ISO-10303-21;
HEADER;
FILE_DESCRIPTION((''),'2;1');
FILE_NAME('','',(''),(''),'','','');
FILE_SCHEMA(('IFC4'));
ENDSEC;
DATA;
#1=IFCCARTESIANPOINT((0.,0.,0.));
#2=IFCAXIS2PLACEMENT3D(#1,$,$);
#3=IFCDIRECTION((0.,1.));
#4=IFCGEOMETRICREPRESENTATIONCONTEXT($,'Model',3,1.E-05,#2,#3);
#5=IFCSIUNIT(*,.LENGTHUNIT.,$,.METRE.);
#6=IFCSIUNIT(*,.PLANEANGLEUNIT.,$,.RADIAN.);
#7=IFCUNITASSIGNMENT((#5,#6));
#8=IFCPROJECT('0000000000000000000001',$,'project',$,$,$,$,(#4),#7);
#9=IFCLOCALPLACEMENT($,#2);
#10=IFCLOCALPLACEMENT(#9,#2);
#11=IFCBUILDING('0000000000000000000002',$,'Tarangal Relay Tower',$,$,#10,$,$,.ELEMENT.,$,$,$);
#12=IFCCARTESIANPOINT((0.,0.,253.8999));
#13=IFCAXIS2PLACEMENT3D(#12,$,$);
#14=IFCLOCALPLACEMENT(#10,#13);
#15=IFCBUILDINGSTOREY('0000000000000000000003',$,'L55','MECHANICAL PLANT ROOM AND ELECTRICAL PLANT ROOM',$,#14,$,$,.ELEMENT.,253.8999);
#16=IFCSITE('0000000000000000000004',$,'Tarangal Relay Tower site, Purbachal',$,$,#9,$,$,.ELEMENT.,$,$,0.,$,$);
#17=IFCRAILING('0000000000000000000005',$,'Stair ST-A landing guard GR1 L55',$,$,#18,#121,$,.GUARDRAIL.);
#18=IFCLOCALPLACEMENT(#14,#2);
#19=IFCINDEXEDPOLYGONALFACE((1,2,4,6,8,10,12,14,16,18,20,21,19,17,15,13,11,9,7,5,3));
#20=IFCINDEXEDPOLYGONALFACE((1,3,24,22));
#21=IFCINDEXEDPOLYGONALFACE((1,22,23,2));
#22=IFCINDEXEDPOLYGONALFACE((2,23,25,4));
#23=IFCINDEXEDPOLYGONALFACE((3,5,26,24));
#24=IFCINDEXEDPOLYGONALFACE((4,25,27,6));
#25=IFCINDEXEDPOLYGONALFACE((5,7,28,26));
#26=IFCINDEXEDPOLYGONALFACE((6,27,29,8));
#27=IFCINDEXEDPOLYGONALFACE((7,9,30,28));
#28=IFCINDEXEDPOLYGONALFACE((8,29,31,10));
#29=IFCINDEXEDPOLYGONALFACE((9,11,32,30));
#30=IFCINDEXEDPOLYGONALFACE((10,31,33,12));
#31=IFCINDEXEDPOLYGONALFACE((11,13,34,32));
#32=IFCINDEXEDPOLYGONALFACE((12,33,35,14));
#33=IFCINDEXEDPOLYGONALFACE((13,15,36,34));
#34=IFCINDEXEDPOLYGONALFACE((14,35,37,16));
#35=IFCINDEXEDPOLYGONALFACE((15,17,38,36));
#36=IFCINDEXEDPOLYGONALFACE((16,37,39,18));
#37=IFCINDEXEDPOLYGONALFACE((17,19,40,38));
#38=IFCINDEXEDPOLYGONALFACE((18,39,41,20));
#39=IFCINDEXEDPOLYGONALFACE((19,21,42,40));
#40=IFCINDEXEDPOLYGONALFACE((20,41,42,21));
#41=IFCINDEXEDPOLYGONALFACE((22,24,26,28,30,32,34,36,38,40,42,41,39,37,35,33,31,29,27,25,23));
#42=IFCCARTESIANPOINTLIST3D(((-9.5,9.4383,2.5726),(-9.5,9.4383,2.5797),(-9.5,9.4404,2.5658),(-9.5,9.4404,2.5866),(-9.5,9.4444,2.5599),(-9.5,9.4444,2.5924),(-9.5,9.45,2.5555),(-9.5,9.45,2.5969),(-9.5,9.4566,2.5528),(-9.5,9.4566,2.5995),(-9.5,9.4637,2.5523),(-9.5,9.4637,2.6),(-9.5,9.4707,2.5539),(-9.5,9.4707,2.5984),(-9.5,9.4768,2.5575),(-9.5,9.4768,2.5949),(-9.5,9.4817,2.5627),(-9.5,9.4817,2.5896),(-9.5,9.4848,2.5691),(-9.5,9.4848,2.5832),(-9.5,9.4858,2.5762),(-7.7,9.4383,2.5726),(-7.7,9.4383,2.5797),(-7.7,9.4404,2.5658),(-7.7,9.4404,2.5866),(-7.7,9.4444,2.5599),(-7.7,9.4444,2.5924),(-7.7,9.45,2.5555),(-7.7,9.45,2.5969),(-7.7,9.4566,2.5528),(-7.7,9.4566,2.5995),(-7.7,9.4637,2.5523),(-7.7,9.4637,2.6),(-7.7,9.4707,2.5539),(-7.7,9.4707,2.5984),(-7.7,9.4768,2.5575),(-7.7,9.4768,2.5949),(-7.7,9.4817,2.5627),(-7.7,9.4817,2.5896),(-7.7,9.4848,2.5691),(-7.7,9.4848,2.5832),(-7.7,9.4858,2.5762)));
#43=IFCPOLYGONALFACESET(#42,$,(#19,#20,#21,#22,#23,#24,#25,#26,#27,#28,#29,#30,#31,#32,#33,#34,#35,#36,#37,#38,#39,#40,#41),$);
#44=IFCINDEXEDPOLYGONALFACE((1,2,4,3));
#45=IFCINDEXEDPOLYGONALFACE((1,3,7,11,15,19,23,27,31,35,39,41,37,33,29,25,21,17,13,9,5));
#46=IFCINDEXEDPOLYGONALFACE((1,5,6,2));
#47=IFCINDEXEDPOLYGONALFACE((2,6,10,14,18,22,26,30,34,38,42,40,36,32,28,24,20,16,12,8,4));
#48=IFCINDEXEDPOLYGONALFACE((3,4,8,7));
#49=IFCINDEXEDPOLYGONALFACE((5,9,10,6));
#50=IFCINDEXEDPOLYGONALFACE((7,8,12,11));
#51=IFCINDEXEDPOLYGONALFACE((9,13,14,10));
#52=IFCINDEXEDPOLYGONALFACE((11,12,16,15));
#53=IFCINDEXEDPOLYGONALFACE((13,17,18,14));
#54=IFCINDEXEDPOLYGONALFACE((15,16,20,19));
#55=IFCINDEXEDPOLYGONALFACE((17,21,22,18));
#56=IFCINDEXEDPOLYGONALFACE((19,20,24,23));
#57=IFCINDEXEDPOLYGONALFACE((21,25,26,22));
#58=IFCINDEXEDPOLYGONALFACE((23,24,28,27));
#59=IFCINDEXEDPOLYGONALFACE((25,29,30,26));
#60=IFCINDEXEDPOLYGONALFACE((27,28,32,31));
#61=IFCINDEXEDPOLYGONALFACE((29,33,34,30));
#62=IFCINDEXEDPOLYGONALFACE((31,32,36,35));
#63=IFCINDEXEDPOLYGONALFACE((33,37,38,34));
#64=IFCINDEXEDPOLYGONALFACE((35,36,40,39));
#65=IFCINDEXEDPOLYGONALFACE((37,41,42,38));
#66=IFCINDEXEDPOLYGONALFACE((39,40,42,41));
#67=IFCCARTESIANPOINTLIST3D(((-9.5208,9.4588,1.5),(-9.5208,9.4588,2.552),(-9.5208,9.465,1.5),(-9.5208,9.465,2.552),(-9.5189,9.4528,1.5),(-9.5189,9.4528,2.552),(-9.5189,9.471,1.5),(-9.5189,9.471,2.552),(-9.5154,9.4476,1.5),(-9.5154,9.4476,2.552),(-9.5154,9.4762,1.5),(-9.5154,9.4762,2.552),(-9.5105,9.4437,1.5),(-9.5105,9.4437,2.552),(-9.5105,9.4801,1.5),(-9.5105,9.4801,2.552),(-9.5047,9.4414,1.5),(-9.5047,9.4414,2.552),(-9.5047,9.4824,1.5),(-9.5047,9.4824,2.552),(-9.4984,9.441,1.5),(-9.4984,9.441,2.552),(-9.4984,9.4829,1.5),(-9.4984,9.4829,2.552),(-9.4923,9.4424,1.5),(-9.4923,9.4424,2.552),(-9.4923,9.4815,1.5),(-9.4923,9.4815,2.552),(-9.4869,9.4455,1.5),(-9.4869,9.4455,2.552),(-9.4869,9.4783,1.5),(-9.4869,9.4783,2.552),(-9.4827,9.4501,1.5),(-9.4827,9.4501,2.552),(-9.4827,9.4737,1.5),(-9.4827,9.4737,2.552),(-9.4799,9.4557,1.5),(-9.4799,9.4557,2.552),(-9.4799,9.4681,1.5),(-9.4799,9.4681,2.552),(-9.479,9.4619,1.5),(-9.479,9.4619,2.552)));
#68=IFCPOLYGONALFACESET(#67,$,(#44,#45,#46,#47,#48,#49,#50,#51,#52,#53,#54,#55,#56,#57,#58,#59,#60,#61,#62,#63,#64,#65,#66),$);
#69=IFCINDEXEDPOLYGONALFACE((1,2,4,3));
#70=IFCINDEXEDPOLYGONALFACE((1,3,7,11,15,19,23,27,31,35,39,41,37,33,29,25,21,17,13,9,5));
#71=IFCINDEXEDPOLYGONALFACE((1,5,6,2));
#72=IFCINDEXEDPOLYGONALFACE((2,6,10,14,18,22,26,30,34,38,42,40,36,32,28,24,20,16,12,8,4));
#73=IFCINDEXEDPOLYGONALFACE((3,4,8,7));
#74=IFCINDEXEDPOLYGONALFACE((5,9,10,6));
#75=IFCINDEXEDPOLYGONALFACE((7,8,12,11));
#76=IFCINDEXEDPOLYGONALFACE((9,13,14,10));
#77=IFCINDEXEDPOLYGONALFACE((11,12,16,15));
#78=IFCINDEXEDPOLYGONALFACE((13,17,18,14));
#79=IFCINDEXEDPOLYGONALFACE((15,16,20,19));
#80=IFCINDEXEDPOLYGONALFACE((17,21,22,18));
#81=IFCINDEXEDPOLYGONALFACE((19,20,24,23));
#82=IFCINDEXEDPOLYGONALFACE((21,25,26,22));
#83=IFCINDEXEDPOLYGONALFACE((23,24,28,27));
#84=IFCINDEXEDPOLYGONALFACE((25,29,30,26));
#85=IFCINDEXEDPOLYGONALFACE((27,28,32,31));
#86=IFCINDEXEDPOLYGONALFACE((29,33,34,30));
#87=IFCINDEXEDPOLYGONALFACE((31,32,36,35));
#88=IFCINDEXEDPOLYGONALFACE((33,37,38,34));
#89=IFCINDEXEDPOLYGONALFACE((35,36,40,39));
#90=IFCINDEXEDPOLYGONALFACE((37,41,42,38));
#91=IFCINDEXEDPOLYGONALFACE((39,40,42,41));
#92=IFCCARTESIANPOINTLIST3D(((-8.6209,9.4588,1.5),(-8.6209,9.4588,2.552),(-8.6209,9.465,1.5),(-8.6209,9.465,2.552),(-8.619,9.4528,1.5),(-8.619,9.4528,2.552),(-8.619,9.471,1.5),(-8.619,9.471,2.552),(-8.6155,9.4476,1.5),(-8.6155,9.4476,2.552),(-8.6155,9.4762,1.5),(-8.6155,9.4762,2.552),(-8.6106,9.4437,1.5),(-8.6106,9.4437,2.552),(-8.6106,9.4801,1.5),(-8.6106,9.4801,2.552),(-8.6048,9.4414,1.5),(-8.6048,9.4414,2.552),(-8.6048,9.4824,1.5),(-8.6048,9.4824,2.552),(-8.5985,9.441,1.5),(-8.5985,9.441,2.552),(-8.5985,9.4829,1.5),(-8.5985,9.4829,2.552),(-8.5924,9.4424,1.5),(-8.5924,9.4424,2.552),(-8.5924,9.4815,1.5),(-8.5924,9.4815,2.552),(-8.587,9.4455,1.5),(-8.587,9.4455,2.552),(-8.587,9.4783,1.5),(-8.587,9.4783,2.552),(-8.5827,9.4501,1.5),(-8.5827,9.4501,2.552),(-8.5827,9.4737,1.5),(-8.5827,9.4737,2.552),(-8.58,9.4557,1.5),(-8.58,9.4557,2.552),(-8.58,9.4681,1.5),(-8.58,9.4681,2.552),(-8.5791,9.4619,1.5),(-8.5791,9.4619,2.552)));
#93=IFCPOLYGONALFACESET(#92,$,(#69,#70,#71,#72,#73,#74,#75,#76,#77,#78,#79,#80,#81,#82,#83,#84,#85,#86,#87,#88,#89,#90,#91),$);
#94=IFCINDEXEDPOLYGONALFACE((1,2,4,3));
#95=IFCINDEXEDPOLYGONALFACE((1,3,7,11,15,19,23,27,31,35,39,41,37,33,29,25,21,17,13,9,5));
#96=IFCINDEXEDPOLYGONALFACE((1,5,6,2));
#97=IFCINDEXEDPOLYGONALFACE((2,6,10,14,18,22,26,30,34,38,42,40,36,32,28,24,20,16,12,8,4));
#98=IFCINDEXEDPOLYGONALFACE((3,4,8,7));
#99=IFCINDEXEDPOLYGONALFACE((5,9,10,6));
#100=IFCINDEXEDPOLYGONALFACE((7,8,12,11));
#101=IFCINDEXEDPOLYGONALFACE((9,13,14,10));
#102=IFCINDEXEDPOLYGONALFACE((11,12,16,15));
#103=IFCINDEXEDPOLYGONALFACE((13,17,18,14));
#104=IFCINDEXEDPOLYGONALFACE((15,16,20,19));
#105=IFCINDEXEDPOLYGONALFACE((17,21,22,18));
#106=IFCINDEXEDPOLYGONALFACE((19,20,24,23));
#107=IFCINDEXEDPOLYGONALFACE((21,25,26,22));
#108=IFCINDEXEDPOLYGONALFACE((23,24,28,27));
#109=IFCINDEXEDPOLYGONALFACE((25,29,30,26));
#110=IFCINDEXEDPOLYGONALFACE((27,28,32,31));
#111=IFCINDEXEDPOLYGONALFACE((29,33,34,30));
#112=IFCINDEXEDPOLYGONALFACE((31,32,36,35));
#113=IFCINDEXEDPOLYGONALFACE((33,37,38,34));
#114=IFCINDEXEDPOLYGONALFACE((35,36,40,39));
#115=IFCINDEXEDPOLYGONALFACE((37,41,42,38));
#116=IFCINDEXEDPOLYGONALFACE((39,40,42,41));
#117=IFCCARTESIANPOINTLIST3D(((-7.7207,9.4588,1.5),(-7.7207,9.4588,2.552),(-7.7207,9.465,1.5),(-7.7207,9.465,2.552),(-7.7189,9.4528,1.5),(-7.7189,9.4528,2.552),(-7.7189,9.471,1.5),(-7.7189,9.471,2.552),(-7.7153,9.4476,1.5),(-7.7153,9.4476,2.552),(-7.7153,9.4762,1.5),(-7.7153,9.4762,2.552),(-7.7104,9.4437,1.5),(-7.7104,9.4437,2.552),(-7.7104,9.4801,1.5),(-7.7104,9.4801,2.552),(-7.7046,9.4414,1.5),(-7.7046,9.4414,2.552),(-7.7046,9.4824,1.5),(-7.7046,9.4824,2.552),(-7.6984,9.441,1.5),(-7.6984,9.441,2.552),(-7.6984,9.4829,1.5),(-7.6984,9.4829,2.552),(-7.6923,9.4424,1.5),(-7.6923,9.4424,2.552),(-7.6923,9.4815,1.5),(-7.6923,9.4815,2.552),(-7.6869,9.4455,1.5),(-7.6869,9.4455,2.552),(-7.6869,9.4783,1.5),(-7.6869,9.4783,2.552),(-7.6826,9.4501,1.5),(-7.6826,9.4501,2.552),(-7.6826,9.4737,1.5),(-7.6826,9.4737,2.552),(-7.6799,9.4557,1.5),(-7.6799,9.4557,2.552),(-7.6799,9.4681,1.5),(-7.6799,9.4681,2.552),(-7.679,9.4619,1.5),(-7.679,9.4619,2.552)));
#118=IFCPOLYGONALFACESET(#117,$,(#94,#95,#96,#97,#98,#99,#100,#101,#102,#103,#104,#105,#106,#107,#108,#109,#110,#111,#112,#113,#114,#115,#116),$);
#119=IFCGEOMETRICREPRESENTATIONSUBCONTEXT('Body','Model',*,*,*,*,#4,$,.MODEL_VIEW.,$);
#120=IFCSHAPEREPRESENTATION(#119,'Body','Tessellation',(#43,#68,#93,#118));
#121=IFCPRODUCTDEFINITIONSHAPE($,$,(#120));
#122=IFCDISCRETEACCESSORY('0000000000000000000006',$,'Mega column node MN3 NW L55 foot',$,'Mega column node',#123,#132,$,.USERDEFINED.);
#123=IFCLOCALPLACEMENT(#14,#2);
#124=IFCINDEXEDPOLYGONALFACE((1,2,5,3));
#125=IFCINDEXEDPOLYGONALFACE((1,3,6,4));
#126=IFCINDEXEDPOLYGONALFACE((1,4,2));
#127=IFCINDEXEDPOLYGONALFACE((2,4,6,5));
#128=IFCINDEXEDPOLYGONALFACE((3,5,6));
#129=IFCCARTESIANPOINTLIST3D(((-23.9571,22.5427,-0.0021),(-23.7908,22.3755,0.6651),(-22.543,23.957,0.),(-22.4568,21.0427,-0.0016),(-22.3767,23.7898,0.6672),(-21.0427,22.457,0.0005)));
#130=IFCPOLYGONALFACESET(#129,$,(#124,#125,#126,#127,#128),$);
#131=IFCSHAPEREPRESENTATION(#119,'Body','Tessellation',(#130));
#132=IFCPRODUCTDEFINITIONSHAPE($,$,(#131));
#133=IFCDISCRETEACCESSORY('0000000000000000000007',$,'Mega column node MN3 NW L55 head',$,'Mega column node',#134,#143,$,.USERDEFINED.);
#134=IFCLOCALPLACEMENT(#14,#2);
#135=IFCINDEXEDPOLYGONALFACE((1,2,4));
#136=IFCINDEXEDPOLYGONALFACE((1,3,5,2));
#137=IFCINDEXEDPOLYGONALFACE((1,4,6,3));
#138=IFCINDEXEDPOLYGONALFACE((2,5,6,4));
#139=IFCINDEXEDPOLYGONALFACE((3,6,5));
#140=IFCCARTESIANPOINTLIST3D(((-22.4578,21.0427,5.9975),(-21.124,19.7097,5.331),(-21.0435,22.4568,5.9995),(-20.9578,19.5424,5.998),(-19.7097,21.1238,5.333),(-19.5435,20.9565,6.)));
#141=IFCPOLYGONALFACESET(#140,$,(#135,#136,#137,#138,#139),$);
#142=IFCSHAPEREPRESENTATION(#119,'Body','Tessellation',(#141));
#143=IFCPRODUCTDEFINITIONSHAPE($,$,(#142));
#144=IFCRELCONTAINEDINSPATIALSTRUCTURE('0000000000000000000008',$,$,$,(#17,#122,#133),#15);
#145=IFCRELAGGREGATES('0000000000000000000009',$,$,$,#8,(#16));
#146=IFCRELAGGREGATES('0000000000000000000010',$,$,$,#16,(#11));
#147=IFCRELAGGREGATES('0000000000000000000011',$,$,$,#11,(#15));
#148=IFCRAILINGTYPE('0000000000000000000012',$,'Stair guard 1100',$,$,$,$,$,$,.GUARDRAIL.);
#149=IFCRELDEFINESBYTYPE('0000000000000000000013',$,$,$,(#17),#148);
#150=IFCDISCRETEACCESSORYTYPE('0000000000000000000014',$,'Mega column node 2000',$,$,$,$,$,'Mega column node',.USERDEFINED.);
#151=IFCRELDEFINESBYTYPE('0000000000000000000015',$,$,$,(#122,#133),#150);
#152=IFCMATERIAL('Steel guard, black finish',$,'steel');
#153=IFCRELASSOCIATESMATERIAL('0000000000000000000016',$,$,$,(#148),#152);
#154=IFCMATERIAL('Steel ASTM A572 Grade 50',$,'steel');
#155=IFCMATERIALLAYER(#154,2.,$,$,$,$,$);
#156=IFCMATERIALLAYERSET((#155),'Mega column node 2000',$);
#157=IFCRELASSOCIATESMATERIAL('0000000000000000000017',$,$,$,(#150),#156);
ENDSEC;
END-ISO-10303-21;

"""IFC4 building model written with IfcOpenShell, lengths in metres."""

from ifc_helpers import new_model, si_unit, direction, frame, origin, origin_2d, place, context, subcontext, project, spatial, polyline, circle, outline, extrude, material, layer, layer_set, type_object, element, save


model = new_model("IFC4")

# Units and contexts
model_context = context("Model", 3, precision=1e-05, world=origin(), true_north=direction((0.0, 1.0)))
body_context = subcontext(model_context, "Body", "Model", "MODEL_VIEW")
ifc_project = project(units=[si_unit("LENGTHUNIT", "METRE"), si_unit("PLANEANGLEUNIT", "RADIAN")], contexts=[model_context])

# Site, building, storey
site_placement = place(None, origin())
site = spatial("IfcSite", under=ifc_project, at=site_placement, Name="Tarangal Relay Tower site, Purbachal", CompositionType="ELEMENT", RefElevation=0.0)
building_placement = place(site_placement, origin())
building = spatial("IfcBuilding", under=site, at=building_placement, Name="Tarangal Relay Tower", CompositionType="ELEMENT")
storey_placement = place(building_placement, frame((0.0, 0.0, 253.8999)))
storey = spatial("IfcBuildingStorey", under=building, at=storey_placement, Name="L55", Description="MECHANICAL PLANT ROOM AND ELECTRICAL PLANT ROOM", CompositionType="ELEMENT", Elevation=253.8999)

# Shared definitions
ifc_material_1 = material(Name="Steel ASTM A572 Grade 50", Category="steel")

# Railing
ifc_material_2 = material(Name="Steel guard, black finish", Category="steel")
railing_type = type_object("IfcRailingType", Name="Stair guard 1100", PredefinedType="GUARDRAIL", material=ifc_material_2)
railing_placement = place(storey_placement, frame((-9.5, 9.4619, 1.5)))
element("IfcRailing", 1, at=railing_placement, inside=storey, type_object=railing_type, Name="Stair ST-A landing guard GR1 L55", PredefinedType="GUARDRAIL", context=body_context, shape_type="SweptSolid", body=[
    extrude(circle(Radius=0.0239, at=origin_2d()), frame((0.0, 0.0, 1.0762), z_axis=(1.0, 0.0, 0.0), x_axis=(0.0, 1.0, 0.0)), (0.0, 0.0, 1.0), 1.8),
    extrude(circle(Radius=0.021, at=origin_2d()), origin(), (0.0, 0.0, 1.0), 1.052),
    extrude(circle(Radius=0.021, at=origin_2d()), frame((0.8999, 0.0, 0.0)), (0.0, 0.0, 1.0), 1.052),
    extrude(circle(Radius=0.021, at=origin_2d()), frame((1.8, 0.0, 0.0)), (0.0, 0.0, 1.0), 1.052),
])

# Discrete accessories
ifc_layer_1 = layer(ifc_material_1, 2.0)
ifc_layer_set_1 = layer_set([ifc_layer_1], Name="Mega column node 2000")
discrete_accessory_type = type_object("IfcDiscreteAccessoryType", Name="Mega column node 2000", ElementType="Mega column node", PredefinedType="USERDEFINED", material=ifc_layer_set_1)
discrete_accessory_1_placement = place(storey_placement, frame((-21.0427, 22.457, 0.0005), z_axis=(0.707049, 0.707164, 0.001064), x_axis=(-0.666965, 0.666355, 0.33336)))
element("IfcDiscreteAccessory", 2, at=discrete_accessory_1_placement, inside=storey, type_object=discrete_accessory_type, Name="Mega column node MN3 NW L55 foot", ObjectType="Mega column node", PredefinedType="USERDEFINED", context=body_context, shape_type="SweptSolid", body=[
    extrude(outline(polyline([(0.0, 0.0), (2.0001, 0.0), (2.0, -0.7077), (0.0, 0.0)])), origin(), (0.0, 0.0, -1.0), 2.0),
])
discrete_accessory_2_placement = place(storey_placement, frame((-21.0435, 22.4568, 5.9995), z_axis=(0.707164, 0.707049, 0.001007), x_axis=(0.66687, -0.666504, -0.333252)))
element("IfcDiscreteAccessory", 3, at=discrete_accessory_2_placement, inside=storey, type_object=discrete_accessory_type, Name="Mega column node MN3 NW L55 head", ObjectType="Mega column node", PredefinedType="USERDEFINED", context=body_context, shape_type="SweptSolid", body=[
    extrude(outline(polyline([(0.0, 0.0), (2.0, 0.0), (2.0001, -0.7075), (0.0, 0.0)])), origin(), (0.0, 0.0, -1.0), 2.0),
])

save(model, "model.ifc")
